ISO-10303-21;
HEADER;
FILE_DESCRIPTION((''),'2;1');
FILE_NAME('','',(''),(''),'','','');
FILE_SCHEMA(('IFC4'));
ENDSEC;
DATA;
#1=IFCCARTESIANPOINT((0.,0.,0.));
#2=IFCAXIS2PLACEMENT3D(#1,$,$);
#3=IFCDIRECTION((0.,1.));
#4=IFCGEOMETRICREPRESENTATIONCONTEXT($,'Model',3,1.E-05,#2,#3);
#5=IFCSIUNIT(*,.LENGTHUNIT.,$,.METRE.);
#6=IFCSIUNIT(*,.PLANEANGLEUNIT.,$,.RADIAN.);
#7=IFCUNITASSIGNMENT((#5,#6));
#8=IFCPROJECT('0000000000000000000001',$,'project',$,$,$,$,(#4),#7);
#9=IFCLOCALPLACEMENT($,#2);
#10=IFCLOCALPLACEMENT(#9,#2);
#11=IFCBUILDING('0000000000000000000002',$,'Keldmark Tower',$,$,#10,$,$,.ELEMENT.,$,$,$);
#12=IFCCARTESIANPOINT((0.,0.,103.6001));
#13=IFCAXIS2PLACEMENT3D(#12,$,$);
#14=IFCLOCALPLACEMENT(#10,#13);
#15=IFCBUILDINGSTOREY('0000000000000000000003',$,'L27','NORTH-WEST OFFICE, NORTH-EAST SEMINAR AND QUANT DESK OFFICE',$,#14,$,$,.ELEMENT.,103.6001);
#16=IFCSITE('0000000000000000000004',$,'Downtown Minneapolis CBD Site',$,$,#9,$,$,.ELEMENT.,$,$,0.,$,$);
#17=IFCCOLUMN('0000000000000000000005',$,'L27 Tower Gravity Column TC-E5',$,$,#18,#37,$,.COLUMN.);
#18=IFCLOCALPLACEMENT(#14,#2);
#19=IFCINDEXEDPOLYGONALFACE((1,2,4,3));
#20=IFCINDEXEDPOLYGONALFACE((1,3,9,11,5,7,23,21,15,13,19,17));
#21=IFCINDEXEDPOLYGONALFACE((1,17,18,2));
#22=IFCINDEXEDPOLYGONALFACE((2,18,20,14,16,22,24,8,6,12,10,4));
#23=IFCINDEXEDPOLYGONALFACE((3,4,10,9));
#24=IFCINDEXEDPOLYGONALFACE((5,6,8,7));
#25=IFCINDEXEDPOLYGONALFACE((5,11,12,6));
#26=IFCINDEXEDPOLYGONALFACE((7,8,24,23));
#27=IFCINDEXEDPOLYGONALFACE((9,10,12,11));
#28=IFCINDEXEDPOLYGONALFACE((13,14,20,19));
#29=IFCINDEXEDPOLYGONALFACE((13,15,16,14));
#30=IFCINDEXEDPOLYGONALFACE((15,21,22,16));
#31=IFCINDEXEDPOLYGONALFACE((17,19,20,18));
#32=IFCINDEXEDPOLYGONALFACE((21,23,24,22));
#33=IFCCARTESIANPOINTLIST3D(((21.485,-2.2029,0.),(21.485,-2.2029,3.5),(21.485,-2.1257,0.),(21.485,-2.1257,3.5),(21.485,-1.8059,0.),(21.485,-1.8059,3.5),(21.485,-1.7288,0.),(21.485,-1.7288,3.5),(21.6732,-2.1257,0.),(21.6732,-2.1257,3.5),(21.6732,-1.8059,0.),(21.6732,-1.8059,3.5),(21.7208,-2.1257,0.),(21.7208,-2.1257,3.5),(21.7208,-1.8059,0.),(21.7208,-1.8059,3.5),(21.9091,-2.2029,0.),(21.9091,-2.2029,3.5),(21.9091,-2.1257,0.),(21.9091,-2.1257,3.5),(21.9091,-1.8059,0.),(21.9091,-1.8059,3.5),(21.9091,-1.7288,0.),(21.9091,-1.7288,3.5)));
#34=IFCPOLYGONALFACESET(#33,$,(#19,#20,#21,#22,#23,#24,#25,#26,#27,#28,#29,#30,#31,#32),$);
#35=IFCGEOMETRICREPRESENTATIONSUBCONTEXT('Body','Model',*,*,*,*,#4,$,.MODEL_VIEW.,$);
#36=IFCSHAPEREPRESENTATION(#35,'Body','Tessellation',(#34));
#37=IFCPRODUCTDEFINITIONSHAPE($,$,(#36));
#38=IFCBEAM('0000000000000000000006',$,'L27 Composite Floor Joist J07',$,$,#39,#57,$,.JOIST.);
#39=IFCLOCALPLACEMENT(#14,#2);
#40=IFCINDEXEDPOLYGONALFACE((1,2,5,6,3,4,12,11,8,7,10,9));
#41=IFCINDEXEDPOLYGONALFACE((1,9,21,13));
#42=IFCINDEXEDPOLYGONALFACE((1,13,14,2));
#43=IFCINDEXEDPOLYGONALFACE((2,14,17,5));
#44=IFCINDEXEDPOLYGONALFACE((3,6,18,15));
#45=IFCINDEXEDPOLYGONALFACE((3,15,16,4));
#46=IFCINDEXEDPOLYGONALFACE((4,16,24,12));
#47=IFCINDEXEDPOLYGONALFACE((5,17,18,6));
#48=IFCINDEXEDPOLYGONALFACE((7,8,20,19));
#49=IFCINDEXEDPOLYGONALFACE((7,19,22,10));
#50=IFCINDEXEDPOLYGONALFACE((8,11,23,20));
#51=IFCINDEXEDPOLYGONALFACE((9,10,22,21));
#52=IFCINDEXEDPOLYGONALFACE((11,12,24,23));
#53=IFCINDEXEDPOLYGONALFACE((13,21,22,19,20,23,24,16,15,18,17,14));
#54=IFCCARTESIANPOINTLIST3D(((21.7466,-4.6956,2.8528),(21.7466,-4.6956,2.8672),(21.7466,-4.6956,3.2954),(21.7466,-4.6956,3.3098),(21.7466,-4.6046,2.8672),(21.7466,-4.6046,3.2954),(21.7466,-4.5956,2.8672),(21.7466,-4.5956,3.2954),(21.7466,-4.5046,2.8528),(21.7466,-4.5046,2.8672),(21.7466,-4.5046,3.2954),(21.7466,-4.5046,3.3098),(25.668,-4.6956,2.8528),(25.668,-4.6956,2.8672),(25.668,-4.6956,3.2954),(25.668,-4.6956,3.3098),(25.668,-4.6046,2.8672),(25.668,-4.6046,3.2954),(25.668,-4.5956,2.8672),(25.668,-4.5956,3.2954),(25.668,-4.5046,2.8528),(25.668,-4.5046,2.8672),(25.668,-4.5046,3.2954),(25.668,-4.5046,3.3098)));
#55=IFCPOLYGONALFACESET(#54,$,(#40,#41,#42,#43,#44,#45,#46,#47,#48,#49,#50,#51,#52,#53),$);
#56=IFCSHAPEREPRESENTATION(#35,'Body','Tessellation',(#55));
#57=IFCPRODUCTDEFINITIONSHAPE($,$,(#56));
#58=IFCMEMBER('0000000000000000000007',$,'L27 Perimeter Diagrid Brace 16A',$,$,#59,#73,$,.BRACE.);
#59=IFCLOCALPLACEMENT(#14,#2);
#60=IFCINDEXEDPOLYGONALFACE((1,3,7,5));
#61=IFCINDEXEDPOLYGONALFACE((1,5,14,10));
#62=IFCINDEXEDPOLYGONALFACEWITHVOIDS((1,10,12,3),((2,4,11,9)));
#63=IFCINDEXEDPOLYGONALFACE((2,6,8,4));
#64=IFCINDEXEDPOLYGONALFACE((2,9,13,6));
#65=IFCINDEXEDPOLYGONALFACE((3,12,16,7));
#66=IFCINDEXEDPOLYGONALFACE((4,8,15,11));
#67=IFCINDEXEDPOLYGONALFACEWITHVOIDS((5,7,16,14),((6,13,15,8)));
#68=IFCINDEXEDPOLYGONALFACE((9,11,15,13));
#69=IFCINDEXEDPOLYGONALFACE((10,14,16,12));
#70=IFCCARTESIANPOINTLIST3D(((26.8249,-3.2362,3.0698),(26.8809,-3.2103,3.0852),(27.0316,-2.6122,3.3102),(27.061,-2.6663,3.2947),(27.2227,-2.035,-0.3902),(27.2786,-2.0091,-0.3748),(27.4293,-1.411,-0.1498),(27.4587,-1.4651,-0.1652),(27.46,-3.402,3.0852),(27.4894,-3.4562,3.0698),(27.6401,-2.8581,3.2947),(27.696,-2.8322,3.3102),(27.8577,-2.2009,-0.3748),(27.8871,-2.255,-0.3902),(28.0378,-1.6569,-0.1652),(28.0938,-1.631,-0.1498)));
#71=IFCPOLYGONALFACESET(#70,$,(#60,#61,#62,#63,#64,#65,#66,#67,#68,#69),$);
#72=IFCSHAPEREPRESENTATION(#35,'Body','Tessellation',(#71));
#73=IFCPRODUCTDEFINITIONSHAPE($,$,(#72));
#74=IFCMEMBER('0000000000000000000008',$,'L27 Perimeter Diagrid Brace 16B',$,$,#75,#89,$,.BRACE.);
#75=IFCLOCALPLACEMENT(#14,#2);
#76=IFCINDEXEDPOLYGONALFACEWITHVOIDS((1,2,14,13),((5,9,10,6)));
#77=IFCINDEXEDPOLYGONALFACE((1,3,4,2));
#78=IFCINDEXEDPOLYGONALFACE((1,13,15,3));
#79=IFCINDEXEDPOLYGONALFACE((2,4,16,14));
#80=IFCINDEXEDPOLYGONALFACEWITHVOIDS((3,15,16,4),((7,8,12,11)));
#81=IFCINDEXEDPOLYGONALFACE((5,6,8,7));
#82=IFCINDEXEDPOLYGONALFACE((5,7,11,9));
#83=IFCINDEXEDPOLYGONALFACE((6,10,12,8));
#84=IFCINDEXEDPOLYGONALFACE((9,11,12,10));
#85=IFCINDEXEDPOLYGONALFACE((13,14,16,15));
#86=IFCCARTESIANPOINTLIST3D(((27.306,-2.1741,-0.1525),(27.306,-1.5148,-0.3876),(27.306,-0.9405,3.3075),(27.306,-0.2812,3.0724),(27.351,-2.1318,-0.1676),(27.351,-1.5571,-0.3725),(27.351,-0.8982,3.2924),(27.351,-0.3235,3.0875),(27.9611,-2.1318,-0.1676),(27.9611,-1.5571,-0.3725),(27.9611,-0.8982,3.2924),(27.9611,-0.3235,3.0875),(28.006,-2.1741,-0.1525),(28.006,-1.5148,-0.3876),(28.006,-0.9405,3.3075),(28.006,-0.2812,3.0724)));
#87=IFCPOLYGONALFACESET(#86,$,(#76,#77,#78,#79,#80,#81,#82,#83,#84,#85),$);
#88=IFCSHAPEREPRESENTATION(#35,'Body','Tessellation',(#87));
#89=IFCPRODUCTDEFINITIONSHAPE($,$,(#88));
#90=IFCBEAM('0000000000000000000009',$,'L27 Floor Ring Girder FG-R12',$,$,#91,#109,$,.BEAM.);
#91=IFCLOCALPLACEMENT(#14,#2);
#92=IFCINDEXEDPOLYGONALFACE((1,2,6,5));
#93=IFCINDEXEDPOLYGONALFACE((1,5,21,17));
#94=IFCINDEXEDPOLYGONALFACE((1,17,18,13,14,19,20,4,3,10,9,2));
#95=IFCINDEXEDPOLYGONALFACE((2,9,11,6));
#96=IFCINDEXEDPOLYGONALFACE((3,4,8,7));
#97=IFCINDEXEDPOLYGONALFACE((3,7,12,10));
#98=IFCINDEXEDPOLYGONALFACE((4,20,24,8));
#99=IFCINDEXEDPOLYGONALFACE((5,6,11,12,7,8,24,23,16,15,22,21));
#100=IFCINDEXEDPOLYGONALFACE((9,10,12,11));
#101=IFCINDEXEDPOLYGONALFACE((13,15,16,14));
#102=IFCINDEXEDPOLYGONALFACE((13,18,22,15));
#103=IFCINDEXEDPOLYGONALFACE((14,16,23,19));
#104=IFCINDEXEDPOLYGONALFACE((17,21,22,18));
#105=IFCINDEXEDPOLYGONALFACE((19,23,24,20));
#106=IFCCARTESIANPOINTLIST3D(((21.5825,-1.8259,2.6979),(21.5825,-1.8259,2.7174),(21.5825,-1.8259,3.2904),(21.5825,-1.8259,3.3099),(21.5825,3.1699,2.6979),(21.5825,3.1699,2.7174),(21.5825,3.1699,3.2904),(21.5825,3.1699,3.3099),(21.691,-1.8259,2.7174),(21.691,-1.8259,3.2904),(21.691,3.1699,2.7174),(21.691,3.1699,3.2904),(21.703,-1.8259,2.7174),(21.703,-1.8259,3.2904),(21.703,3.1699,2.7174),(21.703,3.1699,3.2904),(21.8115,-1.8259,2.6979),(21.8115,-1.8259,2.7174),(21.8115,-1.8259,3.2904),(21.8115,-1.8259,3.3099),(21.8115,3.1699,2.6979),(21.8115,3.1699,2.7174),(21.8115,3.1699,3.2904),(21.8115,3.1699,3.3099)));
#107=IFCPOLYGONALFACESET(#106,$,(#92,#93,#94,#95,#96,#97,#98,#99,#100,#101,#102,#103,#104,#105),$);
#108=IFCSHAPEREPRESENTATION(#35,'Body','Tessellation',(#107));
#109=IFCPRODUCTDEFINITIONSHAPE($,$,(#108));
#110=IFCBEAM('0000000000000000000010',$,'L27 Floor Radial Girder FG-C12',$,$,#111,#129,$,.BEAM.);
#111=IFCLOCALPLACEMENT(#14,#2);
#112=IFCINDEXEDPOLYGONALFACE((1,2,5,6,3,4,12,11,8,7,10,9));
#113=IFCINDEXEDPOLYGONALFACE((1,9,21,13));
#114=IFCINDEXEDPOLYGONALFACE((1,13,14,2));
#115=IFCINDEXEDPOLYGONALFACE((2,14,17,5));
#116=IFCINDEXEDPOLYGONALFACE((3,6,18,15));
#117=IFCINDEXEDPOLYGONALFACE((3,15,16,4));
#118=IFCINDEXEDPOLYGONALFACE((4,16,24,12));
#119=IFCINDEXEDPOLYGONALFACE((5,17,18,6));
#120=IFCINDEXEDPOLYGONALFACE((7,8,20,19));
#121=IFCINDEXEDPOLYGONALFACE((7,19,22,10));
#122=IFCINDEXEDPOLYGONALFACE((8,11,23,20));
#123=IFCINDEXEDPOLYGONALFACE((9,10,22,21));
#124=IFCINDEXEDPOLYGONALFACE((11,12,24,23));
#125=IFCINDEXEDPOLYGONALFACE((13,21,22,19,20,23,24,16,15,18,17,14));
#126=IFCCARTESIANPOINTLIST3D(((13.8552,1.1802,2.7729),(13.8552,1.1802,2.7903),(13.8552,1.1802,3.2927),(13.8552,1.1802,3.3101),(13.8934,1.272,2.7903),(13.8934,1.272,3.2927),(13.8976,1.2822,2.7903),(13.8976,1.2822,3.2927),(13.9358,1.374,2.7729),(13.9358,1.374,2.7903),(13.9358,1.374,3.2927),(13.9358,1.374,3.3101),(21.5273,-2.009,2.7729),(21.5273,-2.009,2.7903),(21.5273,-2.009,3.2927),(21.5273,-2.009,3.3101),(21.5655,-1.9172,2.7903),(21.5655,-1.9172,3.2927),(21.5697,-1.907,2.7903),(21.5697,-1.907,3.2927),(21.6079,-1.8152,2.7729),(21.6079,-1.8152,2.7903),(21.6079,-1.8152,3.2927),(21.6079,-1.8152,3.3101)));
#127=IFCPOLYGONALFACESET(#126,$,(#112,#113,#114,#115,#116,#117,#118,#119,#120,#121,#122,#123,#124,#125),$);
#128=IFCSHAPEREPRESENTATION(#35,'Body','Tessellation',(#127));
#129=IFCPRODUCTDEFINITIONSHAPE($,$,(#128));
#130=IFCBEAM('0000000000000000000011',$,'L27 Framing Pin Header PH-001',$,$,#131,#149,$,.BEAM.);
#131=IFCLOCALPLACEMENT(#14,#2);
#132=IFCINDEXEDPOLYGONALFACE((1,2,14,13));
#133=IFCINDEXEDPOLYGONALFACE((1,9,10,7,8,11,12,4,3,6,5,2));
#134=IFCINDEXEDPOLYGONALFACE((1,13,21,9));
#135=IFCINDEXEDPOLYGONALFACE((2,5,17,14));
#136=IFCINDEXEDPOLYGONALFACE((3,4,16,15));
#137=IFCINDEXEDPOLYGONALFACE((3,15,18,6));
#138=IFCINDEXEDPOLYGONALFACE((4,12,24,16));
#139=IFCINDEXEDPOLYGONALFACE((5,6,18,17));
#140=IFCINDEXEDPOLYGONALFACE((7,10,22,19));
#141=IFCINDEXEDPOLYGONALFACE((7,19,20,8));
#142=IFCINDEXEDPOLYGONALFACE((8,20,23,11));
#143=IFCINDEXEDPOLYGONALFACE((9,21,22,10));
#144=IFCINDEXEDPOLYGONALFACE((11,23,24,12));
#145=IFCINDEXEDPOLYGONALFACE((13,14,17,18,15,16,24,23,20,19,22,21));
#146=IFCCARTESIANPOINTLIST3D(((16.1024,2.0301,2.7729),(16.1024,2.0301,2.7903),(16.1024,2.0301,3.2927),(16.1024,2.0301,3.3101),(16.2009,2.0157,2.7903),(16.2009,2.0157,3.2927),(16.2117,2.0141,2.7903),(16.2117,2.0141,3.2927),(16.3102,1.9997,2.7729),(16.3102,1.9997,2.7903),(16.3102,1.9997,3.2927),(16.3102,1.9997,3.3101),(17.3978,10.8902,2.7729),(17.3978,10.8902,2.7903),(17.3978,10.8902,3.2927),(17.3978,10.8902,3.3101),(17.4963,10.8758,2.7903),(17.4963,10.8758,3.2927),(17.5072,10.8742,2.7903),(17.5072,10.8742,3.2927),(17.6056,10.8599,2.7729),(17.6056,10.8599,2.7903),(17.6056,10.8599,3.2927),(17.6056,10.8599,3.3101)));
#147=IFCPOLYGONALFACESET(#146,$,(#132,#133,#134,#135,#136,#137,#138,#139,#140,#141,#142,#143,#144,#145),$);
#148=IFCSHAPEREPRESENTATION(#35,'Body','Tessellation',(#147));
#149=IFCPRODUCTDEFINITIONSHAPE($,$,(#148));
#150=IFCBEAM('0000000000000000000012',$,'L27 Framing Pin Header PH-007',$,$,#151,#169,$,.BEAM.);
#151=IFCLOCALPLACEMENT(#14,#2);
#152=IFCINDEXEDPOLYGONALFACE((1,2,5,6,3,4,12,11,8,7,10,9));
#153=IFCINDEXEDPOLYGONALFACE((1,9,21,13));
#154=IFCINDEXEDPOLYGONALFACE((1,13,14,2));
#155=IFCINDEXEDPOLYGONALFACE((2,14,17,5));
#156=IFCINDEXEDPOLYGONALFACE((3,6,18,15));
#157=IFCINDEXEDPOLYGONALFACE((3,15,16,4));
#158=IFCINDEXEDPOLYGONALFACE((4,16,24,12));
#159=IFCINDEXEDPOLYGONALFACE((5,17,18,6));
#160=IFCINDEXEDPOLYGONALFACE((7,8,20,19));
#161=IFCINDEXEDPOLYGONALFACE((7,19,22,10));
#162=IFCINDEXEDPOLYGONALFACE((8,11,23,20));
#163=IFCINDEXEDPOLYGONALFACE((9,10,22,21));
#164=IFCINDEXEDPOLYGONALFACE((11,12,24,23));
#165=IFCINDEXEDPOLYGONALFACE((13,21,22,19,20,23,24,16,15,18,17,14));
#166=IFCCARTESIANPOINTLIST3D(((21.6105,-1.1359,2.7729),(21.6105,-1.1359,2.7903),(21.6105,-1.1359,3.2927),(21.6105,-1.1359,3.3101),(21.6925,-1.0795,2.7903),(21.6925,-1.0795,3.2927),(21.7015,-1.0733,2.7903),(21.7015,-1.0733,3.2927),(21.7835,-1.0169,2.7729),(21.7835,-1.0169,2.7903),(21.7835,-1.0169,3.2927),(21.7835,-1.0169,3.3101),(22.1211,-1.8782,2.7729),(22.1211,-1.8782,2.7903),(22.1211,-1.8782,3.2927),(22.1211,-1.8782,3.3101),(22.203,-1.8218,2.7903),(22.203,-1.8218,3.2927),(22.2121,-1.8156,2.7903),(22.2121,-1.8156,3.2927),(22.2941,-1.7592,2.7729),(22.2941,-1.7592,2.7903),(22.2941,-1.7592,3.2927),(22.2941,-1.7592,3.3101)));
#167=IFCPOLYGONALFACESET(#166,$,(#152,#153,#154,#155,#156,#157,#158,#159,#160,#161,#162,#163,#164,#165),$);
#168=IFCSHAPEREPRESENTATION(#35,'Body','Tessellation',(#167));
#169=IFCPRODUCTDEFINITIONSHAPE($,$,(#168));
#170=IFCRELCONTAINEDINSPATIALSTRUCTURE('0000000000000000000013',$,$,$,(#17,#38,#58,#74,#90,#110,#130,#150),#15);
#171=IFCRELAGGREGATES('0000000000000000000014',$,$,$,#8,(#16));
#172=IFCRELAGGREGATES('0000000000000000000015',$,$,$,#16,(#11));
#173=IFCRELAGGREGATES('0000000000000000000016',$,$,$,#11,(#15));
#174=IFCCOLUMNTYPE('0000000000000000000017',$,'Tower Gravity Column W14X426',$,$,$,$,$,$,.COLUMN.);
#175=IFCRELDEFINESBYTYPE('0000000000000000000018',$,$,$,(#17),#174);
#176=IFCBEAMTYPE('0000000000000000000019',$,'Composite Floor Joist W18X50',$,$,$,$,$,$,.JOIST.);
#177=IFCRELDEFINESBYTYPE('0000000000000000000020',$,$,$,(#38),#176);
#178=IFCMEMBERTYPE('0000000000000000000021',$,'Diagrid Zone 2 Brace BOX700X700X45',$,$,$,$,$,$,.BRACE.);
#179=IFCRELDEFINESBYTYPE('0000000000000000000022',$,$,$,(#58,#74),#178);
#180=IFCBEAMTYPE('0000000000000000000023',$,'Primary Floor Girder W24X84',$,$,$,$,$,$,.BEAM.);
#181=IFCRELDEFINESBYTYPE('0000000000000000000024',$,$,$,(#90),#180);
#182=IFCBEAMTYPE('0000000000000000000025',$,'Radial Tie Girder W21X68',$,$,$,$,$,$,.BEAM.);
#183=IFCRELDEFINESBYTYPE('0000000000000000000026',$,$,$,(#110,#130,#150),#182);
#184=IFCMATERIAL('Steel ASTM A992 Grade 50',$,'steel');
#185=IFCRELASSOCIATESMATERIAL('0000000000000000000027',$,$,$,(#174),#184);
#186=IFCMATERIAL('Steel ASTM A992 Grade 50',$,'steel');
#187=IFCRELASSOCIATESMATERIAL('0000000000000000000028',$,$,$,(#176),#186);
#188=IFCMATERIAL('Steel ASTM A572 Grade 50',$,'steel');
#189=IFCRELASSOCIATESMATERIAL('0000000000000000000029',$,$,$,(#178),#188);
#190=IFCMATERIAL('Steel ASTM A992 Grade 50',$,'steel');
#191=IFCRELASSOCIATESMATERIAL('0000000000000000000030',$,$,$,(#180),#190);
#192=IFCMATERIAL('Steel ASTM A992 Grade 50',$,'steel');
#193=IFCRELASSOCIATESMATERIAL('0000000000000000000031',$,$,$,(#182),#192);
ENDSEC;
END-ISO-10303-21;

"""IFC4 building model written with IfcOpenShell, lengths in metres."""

from ifc_helpers import new_model, si_unit, direction, frame, origin, origin_2d, place, context, subcontext, project, spatial, hollow_rectangle, i_section, extrude, material, material_profile, profile_set, type_object, element, save


model = new_model("IFC4")

# Units and contexts
model_context = context("Model", 3, precision=1e-05, world=origin(), true_north=direction((0.0, 1.0)))
body_context = subcontext(model_context, "Body", "Model", "MODEL_VIEW")
ifc_project = project(units=[si_unit("LENGTHUNIT", "METRE"), si_unit("PLANEANGLEUNIT", "RADIAN")], contexts=[model_context])

# Site, building, storey
site_placement = place(None, origin())
site = spatial("IfcSite", under=ifc_project, at=site_placement, Name="Downtown Minneapolis CBD Site", CompositionType="ELEMENT", RefElevation=0.0)
building_placement = place(site_placement, origin())
building = spatial("IfcBuilding", under=site, at=building_placement, Name="Keldmark Tower", CompositionType="ELEMENT")
storey_placement = place(building_placement, frame((0.0, 0.0, 103.6001)))
storey = spatial("IfcBuildingStorey", under=building, at=storey_placement, Name="L27", Description="NORTH-WEST OFFICE, NORTH-EAST SEMINAR AND QUANT DESK OFFICE", CompositionType="ELEMENT", Elevation=103.6001)

# Column
ifc_material_1 = material(Name="Steel ASTM A992 Grade 50", Category="steel")
ifc_material_profile_1 = material_profile(ifc_material_1, i_section(OverallWidth=0.4241, OverallDepth=0.4741, WebThickness=0.0476, FlangeThickness=0.0771, at=origin_2d()), Name="W14X426")
ifc_profile_set_1 = profile_set([ifc_material_profile_1], Name="Steel ASTM A992 Grade 50")
column_type = type_object("IfcColumnType", Name="Tower Gravity Column W14X426", PredefinedType="COLUMN", material=ifc_profile_set_1)
column_placement = place(storey_placement, frame((21.697, -1.9658, 0.0), z_axis=(0.0, 0.0, 1.0), x_axis=(1.0, 0.0, 0.0)))
element("IfcColumn", 1, at=column_placement, inside=storey, type_object=column_type, Name="L27 Tower Gravity Column TC-E5", PredefinedType="COLUMN", context=body_context, shape_type="SweptSolid", body=[
    extrude(i_section(OverallWidth=0.4241, OverallDepth=0.4741, WebThickness=0.0476, FlangeThickness=0.0771, at=origin_2d()), origin(), (0.0, 0.0, 1.0), 3.5),
])

# Beam
ifc_material_2 = material(Name="Steel ASTM A992 Grade 50", Category="steel")
ifc_material_profile_2 = material_profile(ifc_material_2, i_section(OverallWidth=0.1909, OverallDepth=0.457, WebThickness=0.009, FlangeThickness=0.0144, at=origin_2d()), Name="W18X50")
ifc_profile_set_2 = profile_set([ifc_material_profile_2], Name="Steel ASTM A992 Grade 50")
beam_type_1 = type_object("IfcBeamType", Name="Composite Floor Joist W18X50", PredefinedType="JOIST", material=ifc_profile_set_2)
beam_1_placement = place(storey_placement, frame((21.7466, -4.6001, 3.0813), z_axis=(1.0, 0.0, 0.0), x_axis=(0.0, 1.0, 0.0)))
element("IfcBeam", 2, at=beam_1_placement, inside=storey, type_object=beam_type_1, Name="L27 Composite Floor Joist J07", PredefinedType="JOIST", context=body_context, shape_type="SweptSolid", body=[
    extrude(i_section(OverallWidth=0.1909, OverallDepth=0.457, WebThickness=0.009, FlangeThickness=0.0144, at=origin_2d()), origin(), (0.0, 0.0, 1.0), 3.9214),
])

# Members
ifc_material_3 = material(Name="Steel ASTM A572 Grade 50", Category="steel")
ifc_material_profile_3 = material_profile(ifc_material_3, hollow_rectangle(XDim=0.7, YDim=0.7, WallThickness=0.0449, at=origin_2d()), Name="BOX700X700X45")
ifc_profile_set_3 = profile_set([ifc_material_profile_3], Name="Steel ASTM A572 Grade 50")
member_type = type_object("IfcMemberType", Name="Diagrid Zone 2 Brace BOX700X700X45", PredefinedType="BRACE", material=ifc_profile_set_3)
member_1_placement = place(storey_placement, frame((27.6582, -1.833, -0.27), z_axis=(-0.107953, -0.326046, 0.93917), x_axis=(0.949318, -0.314317, 0.0)))
element("IfcMember", 3, at=member_1_placement, inside=storey, type_object=member_type, Name="L27 Perimeter Diagrid Brace 16A", PredefinedType="BRACE", context=body_context, shape_type="SweptSolid", body=[
    extrude(hollow_rectangle(XDim=0.7, YDim=0.7, WallThickness=0.0449, at=origin_2d()), origin(), (0.0, 0.0, 1.0), 3.6841),
])
member_2_placement = place(storey_placement, frame((27.656, -1.8445, -0.27), z_axis=(0.0, 0.33584, 0.941919), x_axis=(-1.0, 0.0, 0.0)))
element("IfcMember", 4, at=member_2_placement, inside=storey, type_object=member_type, Name="L27 Perimeter Diagrid Brace 16B", PredefinedType="BRACE", context=body_context, shape_type="SweptSolid", body=[
    extrude(hollow_rectangle(XDim=0.7, YDim=0.7, WallThickness=0.0449, at=origin_2d()), origin(), (0.0, 0.0, 1.0), 3.6733),
])

# Beams
ifc_material_4 = material(Name="Steel ASTM A992 Grade 50", Category="steel")
ifc_material_profile_4 = material_profile(ifc_material_4, i_section(OverallWidth=0.229, OverallDepth=0.6121, WebThickness=0.012, FlangeThickness=0.0195, at=origin_2d()), Name="W24X84")
ifc_profile_set_4 = profile_set([ifc_material_profile_4], Name="Steel ASTM A992 Grade 50")
beam_type_2 = type_object("IfcBeamType", Name="Primary Floor Girder W24X84", PredefinedType="BEAM", material=ifc_profile_set_4)
beam_2_placement = place(storey_placement, frame((21.697, -1.8259, 3.0039), z_axis=(0.0, 1.0, 0.0), x_axis=(-1.0, 0.0, 0.0)))
element("IfcBeam", 5, at=beam_2_placement, inside=storey, type_object=beam_type_2, Name="L27 Floor Ring Girder FG-R12", PredefinedType="BEAM", context=body_context, shape_type="SweptSolid", body=[
    extrude(i_section(OverallWidth=0.229, OverallDepth=0.6121, WebThickness=0.012, FlangeThickness=0.0195, at=origin_2d()), origin(), (0.0, 0.0, 1.0), 4.9958),
])
ifc_material_5 = material(Name="Steel ASTM A992 Grade 50", Category="steel")
ifc_material_profile_5 = material_profile(ifc_material_5, i_section(OverallWidth=0.21, OverallDepth=0.5371, WebThickness=0.011, FlangeThickness=0.0173, at=origin_2d()), Name="W21X68")
ifc_profile_set_5 = profile_set([ifc_material_profile_5], Name="Steel ASTM A992 Grade 50")
beam_type_3 = type_object("IfcBeamType", Name="Radial Tie Girder W21X68", PredefinedType="BEAM", material=ifc_profile_set_5)
beam_3_placement = place(storey_placement, frame((21.5676, -1.9121, 3.0415), z_axis=(-0.923397, 0.383845, 0.0), x_axis=(-0.383845, -0.923397, 0.0)))
element("IfcBeam", 6, at=beam_3_placement, inside=storey, type_object=beam_type_3, Name="L27 Floor Radial Girder FG-C12", PredefinedType="BEAM", context=body_context, shape_type="SweptSolid", body=[
    extrude(i_section(OverallWidth=0.21, OverallDepth=0.5371, WebThickness=0.011, FlangeThickness=0.0173, at=origin_2d()), origin(), (0.0, 0.0, 1.0), 8.3086),
])
beam_4_placement = place(storey_placement, frame((16.2063, 2.0149, 3.0415), z_axis=(0.144669, 0.98948, 0.0), x_axis=(-0.98948, 0.144669, 0.0)))
element("IfcBeam", 7, at=beam_4_placement, inside=storey, type_object=beam_type_3, Name="L27 Framing Pin Header PH-001", PredefinedType="BEAM", context=body_context, shape_type="SweptSolid", body=[
    extrude(i_section(OverallWidth=0.21, OverallDepth=0.5371, WebThickness=0.011, FlangeThickness=0.0173, at=origin_2d()), origin(), (0.0, 0.0, 1.0), 8.9543),
])
beam_5_placement = place(storey_placement, frame((21.697, -1.0764, 3.0415), z_axis=(0.566713, -0.823915, 0.0), x_axis=(0.823915, 0.566713, 0.0)))
element("IfcBeam", 8, at=beam_5_placement, inside=storey, type_object=beam_type_3, Name="L27 Framing Pin Header PH-007", PredefinedType="BEAM", context=body_context, shape_type="SweptSolid", body=[
    extrude(i_section(OverallWidth=0.21, OverallDepth=0.5371, WebThickness=0.011, FlangeThickness=0.0173, at=origin_2d()), origin(), (0.0, 0.0, 1.0), 0.9009),
])

save(model, "model.ifc")
